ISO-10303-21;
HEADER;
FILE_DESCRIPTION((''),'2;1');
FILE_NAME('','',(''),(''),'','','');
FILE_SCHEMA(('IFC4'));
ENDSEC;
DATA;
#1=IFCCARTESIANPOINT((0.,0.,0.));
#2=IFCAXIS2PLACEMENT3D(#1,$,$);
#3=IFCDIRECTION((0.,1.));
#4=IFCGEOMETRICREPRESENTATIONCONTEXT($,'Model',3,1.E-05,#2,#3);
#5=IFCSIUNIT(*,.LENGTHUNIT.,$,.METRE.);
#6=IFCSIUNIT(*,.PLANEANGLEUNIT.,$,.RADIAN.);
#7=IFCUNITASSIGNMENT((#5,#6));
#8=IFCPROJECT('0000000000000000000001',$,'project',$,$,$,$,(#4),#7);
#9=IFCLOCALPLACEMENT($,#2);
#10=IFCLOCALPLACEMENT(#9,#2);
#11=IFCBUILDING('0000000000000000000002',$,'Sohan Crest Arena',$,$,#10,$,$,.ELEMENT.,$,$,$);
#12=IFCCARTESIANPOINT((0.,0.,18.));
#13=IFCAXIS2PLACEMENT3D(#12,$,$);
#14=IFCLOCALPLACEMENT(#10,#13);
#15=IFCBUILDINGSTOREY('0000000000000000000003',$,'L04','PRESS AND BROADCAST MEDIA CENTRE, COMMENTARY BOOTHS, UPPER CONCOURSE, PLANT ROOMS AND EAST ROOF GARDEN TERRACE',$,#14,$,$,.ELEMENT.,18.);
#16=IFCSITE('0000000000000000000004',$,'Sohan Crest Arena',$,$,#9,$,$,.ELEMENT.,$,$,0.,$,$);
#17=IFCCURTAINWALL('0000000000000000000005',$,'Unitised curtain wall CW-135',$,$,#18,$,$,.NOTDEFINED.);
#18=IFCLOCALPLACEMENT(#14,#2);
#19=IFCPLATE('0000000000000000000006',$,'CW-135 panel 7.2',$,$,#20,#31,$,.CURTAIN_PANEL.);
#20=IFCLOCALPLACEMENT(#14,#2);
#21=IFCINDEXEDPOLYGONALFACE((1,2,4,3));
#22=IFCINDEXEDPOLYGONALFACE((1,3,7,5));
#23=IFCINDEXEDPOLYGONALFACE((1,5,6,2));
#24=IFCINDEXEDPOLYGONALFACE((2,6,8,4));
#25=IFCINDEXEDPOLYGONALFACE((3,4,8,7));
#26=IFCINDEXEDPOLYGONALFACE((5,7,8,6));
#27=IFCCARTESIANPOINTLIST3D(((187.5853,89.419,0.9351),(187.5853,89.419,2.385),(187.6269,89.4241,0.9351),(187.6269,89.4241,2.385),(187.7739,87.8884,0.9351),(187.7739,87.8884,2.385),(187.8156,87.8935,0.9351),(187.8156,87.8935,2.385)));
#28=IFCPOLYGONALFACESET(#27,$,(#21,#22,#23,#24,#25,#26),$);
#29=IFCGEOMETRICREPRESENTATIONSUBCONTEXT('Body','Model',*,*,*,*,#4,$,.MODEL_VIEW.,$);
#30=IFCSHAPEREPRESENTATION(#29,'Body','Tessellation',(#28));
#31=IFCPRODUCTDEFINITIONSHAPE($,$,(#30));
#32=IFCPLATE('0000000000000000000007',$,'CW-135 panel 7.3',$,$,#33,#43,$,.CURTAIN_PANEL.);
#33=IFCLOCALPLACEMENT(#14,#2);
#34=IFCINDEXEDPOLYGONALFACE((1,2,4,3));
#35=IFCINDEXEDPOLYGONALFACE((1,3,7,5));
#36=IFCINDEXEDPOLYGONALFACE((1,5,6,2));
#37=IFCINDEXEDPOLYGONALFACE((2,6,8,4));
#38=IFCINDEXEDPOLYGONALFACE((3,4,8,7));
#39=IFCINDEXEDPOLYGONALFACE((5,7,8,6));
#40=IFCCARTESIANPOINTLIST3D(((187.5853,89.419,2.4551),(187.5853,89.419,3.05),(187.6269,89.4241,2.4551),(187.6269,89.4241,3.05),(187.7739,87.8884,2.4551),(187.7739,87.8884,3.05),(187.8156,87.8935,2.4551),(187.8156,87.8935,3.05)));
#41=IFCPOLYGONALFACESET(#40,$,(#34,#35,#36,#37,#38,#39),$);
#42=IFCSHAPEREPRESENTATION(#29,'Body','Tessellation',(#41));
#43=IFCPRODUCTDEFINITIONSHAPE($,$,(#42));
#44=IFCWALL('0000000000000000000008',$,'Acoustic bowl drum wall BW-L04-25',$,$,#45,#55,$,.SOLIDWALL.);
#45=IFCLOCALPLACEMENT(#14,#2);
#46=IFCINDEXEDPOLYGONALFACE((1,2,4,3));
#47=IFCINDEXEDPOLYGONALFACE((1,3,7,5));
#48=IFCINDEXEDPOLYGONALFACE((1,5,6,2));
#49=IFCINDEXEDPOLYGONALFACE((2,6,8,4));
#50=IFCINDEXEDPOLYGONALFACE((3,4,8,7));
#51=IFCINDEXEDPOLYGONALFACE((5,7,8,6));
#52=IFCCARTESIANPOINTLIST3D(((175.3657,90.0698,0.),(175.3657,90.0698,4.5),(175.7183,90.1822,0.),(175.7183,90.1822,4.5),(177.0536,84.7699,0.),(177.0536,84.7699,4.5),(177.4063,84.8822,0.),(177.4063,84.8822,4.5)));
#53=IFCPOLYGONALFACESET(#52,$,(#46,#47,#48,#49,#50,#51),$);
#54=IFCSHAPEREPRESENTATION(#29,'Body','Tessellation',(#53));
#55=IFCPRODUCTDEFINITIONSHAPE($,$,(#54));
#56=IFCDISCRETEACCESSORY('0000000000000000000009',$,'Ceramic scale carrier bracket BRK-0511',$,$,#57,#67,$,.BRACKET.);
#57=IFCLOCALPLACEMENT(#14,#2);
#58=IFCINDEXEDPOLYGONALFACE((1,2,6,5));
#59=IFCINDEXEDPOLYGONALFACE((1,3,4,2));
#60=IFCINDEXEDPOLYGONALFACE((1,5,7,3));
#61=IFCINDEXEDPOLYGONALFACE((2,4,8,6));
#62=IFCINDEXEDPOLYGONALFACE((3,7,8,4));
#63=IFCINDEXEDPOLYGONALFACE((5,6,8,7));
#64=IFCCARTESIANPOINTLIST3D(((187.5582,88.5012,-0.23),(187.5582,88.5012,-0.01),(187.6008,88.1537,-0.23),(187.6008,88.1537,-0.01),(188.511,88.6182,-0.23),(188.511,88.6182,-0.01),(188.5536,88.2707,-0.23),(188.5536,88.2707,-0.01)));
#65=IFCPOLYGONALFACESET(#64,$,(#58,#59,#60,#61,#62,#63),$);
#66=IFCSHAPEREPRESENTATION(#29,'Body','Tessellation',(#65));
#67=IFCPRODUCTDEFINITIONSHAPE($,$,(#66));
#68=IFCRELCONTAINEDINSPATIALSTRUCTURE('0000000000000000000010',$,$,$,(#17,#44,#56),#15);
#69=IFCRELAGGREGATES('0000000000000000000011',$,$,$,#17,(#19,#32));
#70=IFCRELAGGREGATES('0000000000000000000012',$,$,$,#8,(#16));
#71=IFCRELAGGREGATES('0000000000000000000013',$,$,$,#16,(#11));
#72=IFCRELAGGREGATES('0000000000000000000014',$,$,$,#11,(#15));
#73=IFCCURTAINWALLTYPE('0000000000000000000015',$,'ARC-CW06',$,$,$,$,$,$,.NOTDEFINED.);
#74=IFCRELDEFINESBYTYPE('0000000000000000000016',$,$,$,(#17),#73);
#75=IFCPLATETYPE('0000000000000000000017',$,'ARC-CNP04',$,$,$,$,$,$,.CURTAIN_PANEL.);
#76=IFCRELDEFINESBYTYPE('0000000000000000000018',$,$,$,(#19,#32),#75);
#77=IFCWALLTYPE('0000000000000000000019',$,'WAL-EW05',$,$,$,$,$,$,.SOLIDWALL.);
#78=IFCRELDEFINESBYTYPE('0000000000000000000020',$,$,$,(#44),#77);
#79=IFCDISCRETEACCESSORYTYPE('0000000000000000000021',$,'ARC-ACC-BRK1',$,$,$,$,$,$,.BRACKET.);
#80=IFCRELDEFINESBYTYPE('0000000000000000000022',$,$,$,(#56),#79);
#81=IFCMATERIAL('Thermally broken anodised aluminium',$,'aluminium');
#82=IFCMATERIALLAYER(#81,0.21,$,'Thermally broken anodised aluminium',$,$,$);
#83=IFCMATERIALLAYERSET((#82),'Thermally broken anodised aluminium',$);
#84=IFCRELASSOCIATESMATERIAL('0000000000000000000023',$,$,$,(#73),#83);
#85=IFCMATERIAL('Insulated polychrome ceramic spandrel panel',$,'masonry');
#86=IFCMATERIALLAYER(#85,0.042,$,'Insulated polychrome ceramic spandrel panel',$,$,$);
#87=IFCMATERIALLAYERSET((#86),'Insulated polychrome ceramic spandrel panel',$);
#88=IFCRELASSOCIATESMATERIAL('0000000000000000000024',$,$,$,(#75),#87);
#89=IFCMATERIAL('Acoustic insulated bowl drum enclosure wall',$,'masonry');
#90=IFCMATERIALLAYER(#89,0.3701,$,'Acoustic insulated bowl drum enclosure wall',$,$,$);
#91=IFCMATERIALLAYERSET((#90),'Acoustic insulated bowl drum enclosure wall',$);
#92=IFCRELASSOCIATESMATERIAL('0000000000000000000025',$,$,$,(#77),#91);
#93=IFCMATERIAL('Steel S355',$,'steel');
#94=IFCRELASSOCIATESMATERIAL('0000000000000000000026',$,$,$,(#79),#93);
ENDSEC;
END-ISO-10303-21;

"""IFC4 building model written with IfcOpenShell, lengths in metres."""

from ifc_helpers import new_model, si_unit, direction, frame, frame_2d, origin, origin_2d, place, context, subcontext, project, spatial, rectangle, extrude, material, layer, layer_set, type_object, element, aggregate, save


model = new_model("IFC4")

# Units and contexts
model_context = context("Model", 3, precision=1e-05, world=origin(), true_north=direction((0.0, 1.0)))
body_context = subcontext(model_context, "Body", "Model", "MODEL_VIEW")
ifc_project = project(units=[si_unit("LENGTHUNIT", "METRE"), si_unit("PLANEANGLEUNIT", "RADIAN")], contexts=[model_context])

# Site, building, storey
site_placement = place(None, origin())
site = spatial("IfcSite", under=ifc_project, at=site_placement, Name="Sohan Crest Arena", CompositionType="ELEMENT", RefElevation=0.0)
building_placement = place(site_placement, origin())
building = spatial("IfcBuilding", under=site, at=building_placement, Name="Sohan Crest Arena", CompositionType="ELEMENT")
storey_placement = place(building_placement, frame((0.0, 0.0, 18.0)))
storey = spatial("IfcBuildingStorey", under=building, at=storey_placement, Name="L04", Description="PRESS AND BROADCAST MEDIA CENTRE, COMMENTARY BOOTHS, UPPER CONCOURSE, PLANT ROOMS AND EAST ROOF GARDEN TERRACE", CompositionType="ELEMENT", Elevation=18.0)

# Shared definitions
ifc_material_1 = material(Name="Steel S355", Category="steel")

# Curtain wall
ifc_material_2 = material(Name="Thermally broken anodised aluminium", Category="aluminium")
ifc_layer_1 = layer(ifc_material_2, 0.21, Name="Thermally broken anodised aluminium")
ifc_layer_set_1 = layer_set([ifc_layer_1], Name="Thermally broken anodised aluminium")
curtain_wall_type = type_object("IfcCurtainWallType", Name="ARC-CW06", PredefinedType="NOTDEFINED", material=ifc_layer_set_1)
curtain_wall_placement = place(storey_placement, origin())
curtain_wall = element("IfcCurtainWall", 1, at=curtain_wall_placement, inside=storey, type_object=curtain_wall_type, Name="Unitised curtain wall CW-135", PredefinedType="NOTDEFINED")

# Plates
ifc_material_3 = material(Name="Insulated polychrome ceramic spandrel panel", Category="masonry")
ifc_layer_2 = layer(ifc_material_3, 0.042, Name="Insulated polychrome ceramic spandrel panel")
ifc_layer_set_2 = layer_set([ifc_layer_2], Name="Insulated polychrome ceramic spandrel panel")
plate_type = type_object("IfcPlateType", Name="ARC-CNP04", PredefinedType="CURTAIN_PANEL", material=ifc_layer_set_2)
plate_1_placement = place(storey_placement, frame((187.7004, 88.6562, 0.9351), z_axis=(0.0, 0.0, 1.0), x_axis=(-0.122334, 0.992489, 0.0)))
plate_1 = element("IfcPlate", 2, at=plate_1_placement, type_object=plate_type, Name="CW-135 panel 7.2", PredefinedType="CURTAIN_PANEL", context=body_context, shape_type="SweptSolid", body=[
    extrude(rectangle(XDim=1.5422, YDim=0.042, at=origin_2d()), origin(), (0.0, 0.0, 1.0), 1.45),
])
plate_2_placement = place(storey_placement, frame((187.7004, 88.6562, 2.4551), z_axis=(0.0, 0.0, 1.0), x_axis=(-0.122334, 0.992489, 0.0)))
plate_2 = element("IfcPlate", 3, at=plate_2_placement, type_object=plate_type, Name="CW-135 panel 7.3", PredefinedType="CURTAIN_PANEL", context=body_context, shape_type="SweptSolid", body=[
    extrude(rectangle(XDim=1.5422, YDim=0.042, at=origin_2d()), origin(), (0.0, 0.0, 1.0), 0.595),
])
aggregate(curtain_wall, [plate_1, plate_2])

# Wall
ifc_material_4 = material(Name="Acoustic insulated bowl drum enclosure wall", Category="masonry")
ifc_layer_3 = layer(ifc_material_4, 0.3701, Name="Acoustic insulated bowl drum enclosure wall")
ifc_layer_set_3 = layer_set([ifc_layer_3], Name="Acoustic insulated bowl drum enclosure wall")
wall_type = type_object("IfcWallType", Name="WAL-EW05", PredefinedType="SOLIDWALL", material=ifc_layer_set_3)
wall_placement = place(storey_placement, frame((177.23, 84.8259, 0.0), z_axis=(0.0, 0.0, 1.0), x_axis=(-0.303466, 0.952842, 0.0)))
element("IfcWall", 4, at=wall_placement, inside=storey, type_object=wall_type, Name="Acoustic bowl drum wall BW-L04-25", PredefinedType="SOLIDWALL", context=body_context, shape_type="SweptSolid", body=[
    extrude(rectangle(XDim=5.5623, YDim=0.3701, at=frame_2d((2.7812, 0.0))), origin(), (0.0, 0.0, 1.0), 4.5),
])

# Discrete accessory
discrete_accessory_type = type_object("IfcDiscreteAccessoryType", Name="ARC-ACC-BRK1", PredefinedType="BRACKET", material=ifc_material_1)
discrete_accessory_placement = place(storey_placement, frame((188.0559, 88.386, -0.23), z_axis=(0.0, 0.0, 1.0), x_axis=(-0.121869, 0.992546, 0.0)))
element("IfcDiscreteAccessory", 5, at=discrete_accessory_placement, inside=storey, type_object=discrete_accessory_type, Name="Ceramic scale carrier bracket BRK-0511", PredefinedType="BRACKET", context=body_context, shape_type="SweptSolid", body=[
    extrude(rectangle(XDim=0.3501, YDim=0.96, at=origin_2d()), origin(), (0.0, 0.0, 1.0), 0.22),
])

save(model, "model.ifc")
